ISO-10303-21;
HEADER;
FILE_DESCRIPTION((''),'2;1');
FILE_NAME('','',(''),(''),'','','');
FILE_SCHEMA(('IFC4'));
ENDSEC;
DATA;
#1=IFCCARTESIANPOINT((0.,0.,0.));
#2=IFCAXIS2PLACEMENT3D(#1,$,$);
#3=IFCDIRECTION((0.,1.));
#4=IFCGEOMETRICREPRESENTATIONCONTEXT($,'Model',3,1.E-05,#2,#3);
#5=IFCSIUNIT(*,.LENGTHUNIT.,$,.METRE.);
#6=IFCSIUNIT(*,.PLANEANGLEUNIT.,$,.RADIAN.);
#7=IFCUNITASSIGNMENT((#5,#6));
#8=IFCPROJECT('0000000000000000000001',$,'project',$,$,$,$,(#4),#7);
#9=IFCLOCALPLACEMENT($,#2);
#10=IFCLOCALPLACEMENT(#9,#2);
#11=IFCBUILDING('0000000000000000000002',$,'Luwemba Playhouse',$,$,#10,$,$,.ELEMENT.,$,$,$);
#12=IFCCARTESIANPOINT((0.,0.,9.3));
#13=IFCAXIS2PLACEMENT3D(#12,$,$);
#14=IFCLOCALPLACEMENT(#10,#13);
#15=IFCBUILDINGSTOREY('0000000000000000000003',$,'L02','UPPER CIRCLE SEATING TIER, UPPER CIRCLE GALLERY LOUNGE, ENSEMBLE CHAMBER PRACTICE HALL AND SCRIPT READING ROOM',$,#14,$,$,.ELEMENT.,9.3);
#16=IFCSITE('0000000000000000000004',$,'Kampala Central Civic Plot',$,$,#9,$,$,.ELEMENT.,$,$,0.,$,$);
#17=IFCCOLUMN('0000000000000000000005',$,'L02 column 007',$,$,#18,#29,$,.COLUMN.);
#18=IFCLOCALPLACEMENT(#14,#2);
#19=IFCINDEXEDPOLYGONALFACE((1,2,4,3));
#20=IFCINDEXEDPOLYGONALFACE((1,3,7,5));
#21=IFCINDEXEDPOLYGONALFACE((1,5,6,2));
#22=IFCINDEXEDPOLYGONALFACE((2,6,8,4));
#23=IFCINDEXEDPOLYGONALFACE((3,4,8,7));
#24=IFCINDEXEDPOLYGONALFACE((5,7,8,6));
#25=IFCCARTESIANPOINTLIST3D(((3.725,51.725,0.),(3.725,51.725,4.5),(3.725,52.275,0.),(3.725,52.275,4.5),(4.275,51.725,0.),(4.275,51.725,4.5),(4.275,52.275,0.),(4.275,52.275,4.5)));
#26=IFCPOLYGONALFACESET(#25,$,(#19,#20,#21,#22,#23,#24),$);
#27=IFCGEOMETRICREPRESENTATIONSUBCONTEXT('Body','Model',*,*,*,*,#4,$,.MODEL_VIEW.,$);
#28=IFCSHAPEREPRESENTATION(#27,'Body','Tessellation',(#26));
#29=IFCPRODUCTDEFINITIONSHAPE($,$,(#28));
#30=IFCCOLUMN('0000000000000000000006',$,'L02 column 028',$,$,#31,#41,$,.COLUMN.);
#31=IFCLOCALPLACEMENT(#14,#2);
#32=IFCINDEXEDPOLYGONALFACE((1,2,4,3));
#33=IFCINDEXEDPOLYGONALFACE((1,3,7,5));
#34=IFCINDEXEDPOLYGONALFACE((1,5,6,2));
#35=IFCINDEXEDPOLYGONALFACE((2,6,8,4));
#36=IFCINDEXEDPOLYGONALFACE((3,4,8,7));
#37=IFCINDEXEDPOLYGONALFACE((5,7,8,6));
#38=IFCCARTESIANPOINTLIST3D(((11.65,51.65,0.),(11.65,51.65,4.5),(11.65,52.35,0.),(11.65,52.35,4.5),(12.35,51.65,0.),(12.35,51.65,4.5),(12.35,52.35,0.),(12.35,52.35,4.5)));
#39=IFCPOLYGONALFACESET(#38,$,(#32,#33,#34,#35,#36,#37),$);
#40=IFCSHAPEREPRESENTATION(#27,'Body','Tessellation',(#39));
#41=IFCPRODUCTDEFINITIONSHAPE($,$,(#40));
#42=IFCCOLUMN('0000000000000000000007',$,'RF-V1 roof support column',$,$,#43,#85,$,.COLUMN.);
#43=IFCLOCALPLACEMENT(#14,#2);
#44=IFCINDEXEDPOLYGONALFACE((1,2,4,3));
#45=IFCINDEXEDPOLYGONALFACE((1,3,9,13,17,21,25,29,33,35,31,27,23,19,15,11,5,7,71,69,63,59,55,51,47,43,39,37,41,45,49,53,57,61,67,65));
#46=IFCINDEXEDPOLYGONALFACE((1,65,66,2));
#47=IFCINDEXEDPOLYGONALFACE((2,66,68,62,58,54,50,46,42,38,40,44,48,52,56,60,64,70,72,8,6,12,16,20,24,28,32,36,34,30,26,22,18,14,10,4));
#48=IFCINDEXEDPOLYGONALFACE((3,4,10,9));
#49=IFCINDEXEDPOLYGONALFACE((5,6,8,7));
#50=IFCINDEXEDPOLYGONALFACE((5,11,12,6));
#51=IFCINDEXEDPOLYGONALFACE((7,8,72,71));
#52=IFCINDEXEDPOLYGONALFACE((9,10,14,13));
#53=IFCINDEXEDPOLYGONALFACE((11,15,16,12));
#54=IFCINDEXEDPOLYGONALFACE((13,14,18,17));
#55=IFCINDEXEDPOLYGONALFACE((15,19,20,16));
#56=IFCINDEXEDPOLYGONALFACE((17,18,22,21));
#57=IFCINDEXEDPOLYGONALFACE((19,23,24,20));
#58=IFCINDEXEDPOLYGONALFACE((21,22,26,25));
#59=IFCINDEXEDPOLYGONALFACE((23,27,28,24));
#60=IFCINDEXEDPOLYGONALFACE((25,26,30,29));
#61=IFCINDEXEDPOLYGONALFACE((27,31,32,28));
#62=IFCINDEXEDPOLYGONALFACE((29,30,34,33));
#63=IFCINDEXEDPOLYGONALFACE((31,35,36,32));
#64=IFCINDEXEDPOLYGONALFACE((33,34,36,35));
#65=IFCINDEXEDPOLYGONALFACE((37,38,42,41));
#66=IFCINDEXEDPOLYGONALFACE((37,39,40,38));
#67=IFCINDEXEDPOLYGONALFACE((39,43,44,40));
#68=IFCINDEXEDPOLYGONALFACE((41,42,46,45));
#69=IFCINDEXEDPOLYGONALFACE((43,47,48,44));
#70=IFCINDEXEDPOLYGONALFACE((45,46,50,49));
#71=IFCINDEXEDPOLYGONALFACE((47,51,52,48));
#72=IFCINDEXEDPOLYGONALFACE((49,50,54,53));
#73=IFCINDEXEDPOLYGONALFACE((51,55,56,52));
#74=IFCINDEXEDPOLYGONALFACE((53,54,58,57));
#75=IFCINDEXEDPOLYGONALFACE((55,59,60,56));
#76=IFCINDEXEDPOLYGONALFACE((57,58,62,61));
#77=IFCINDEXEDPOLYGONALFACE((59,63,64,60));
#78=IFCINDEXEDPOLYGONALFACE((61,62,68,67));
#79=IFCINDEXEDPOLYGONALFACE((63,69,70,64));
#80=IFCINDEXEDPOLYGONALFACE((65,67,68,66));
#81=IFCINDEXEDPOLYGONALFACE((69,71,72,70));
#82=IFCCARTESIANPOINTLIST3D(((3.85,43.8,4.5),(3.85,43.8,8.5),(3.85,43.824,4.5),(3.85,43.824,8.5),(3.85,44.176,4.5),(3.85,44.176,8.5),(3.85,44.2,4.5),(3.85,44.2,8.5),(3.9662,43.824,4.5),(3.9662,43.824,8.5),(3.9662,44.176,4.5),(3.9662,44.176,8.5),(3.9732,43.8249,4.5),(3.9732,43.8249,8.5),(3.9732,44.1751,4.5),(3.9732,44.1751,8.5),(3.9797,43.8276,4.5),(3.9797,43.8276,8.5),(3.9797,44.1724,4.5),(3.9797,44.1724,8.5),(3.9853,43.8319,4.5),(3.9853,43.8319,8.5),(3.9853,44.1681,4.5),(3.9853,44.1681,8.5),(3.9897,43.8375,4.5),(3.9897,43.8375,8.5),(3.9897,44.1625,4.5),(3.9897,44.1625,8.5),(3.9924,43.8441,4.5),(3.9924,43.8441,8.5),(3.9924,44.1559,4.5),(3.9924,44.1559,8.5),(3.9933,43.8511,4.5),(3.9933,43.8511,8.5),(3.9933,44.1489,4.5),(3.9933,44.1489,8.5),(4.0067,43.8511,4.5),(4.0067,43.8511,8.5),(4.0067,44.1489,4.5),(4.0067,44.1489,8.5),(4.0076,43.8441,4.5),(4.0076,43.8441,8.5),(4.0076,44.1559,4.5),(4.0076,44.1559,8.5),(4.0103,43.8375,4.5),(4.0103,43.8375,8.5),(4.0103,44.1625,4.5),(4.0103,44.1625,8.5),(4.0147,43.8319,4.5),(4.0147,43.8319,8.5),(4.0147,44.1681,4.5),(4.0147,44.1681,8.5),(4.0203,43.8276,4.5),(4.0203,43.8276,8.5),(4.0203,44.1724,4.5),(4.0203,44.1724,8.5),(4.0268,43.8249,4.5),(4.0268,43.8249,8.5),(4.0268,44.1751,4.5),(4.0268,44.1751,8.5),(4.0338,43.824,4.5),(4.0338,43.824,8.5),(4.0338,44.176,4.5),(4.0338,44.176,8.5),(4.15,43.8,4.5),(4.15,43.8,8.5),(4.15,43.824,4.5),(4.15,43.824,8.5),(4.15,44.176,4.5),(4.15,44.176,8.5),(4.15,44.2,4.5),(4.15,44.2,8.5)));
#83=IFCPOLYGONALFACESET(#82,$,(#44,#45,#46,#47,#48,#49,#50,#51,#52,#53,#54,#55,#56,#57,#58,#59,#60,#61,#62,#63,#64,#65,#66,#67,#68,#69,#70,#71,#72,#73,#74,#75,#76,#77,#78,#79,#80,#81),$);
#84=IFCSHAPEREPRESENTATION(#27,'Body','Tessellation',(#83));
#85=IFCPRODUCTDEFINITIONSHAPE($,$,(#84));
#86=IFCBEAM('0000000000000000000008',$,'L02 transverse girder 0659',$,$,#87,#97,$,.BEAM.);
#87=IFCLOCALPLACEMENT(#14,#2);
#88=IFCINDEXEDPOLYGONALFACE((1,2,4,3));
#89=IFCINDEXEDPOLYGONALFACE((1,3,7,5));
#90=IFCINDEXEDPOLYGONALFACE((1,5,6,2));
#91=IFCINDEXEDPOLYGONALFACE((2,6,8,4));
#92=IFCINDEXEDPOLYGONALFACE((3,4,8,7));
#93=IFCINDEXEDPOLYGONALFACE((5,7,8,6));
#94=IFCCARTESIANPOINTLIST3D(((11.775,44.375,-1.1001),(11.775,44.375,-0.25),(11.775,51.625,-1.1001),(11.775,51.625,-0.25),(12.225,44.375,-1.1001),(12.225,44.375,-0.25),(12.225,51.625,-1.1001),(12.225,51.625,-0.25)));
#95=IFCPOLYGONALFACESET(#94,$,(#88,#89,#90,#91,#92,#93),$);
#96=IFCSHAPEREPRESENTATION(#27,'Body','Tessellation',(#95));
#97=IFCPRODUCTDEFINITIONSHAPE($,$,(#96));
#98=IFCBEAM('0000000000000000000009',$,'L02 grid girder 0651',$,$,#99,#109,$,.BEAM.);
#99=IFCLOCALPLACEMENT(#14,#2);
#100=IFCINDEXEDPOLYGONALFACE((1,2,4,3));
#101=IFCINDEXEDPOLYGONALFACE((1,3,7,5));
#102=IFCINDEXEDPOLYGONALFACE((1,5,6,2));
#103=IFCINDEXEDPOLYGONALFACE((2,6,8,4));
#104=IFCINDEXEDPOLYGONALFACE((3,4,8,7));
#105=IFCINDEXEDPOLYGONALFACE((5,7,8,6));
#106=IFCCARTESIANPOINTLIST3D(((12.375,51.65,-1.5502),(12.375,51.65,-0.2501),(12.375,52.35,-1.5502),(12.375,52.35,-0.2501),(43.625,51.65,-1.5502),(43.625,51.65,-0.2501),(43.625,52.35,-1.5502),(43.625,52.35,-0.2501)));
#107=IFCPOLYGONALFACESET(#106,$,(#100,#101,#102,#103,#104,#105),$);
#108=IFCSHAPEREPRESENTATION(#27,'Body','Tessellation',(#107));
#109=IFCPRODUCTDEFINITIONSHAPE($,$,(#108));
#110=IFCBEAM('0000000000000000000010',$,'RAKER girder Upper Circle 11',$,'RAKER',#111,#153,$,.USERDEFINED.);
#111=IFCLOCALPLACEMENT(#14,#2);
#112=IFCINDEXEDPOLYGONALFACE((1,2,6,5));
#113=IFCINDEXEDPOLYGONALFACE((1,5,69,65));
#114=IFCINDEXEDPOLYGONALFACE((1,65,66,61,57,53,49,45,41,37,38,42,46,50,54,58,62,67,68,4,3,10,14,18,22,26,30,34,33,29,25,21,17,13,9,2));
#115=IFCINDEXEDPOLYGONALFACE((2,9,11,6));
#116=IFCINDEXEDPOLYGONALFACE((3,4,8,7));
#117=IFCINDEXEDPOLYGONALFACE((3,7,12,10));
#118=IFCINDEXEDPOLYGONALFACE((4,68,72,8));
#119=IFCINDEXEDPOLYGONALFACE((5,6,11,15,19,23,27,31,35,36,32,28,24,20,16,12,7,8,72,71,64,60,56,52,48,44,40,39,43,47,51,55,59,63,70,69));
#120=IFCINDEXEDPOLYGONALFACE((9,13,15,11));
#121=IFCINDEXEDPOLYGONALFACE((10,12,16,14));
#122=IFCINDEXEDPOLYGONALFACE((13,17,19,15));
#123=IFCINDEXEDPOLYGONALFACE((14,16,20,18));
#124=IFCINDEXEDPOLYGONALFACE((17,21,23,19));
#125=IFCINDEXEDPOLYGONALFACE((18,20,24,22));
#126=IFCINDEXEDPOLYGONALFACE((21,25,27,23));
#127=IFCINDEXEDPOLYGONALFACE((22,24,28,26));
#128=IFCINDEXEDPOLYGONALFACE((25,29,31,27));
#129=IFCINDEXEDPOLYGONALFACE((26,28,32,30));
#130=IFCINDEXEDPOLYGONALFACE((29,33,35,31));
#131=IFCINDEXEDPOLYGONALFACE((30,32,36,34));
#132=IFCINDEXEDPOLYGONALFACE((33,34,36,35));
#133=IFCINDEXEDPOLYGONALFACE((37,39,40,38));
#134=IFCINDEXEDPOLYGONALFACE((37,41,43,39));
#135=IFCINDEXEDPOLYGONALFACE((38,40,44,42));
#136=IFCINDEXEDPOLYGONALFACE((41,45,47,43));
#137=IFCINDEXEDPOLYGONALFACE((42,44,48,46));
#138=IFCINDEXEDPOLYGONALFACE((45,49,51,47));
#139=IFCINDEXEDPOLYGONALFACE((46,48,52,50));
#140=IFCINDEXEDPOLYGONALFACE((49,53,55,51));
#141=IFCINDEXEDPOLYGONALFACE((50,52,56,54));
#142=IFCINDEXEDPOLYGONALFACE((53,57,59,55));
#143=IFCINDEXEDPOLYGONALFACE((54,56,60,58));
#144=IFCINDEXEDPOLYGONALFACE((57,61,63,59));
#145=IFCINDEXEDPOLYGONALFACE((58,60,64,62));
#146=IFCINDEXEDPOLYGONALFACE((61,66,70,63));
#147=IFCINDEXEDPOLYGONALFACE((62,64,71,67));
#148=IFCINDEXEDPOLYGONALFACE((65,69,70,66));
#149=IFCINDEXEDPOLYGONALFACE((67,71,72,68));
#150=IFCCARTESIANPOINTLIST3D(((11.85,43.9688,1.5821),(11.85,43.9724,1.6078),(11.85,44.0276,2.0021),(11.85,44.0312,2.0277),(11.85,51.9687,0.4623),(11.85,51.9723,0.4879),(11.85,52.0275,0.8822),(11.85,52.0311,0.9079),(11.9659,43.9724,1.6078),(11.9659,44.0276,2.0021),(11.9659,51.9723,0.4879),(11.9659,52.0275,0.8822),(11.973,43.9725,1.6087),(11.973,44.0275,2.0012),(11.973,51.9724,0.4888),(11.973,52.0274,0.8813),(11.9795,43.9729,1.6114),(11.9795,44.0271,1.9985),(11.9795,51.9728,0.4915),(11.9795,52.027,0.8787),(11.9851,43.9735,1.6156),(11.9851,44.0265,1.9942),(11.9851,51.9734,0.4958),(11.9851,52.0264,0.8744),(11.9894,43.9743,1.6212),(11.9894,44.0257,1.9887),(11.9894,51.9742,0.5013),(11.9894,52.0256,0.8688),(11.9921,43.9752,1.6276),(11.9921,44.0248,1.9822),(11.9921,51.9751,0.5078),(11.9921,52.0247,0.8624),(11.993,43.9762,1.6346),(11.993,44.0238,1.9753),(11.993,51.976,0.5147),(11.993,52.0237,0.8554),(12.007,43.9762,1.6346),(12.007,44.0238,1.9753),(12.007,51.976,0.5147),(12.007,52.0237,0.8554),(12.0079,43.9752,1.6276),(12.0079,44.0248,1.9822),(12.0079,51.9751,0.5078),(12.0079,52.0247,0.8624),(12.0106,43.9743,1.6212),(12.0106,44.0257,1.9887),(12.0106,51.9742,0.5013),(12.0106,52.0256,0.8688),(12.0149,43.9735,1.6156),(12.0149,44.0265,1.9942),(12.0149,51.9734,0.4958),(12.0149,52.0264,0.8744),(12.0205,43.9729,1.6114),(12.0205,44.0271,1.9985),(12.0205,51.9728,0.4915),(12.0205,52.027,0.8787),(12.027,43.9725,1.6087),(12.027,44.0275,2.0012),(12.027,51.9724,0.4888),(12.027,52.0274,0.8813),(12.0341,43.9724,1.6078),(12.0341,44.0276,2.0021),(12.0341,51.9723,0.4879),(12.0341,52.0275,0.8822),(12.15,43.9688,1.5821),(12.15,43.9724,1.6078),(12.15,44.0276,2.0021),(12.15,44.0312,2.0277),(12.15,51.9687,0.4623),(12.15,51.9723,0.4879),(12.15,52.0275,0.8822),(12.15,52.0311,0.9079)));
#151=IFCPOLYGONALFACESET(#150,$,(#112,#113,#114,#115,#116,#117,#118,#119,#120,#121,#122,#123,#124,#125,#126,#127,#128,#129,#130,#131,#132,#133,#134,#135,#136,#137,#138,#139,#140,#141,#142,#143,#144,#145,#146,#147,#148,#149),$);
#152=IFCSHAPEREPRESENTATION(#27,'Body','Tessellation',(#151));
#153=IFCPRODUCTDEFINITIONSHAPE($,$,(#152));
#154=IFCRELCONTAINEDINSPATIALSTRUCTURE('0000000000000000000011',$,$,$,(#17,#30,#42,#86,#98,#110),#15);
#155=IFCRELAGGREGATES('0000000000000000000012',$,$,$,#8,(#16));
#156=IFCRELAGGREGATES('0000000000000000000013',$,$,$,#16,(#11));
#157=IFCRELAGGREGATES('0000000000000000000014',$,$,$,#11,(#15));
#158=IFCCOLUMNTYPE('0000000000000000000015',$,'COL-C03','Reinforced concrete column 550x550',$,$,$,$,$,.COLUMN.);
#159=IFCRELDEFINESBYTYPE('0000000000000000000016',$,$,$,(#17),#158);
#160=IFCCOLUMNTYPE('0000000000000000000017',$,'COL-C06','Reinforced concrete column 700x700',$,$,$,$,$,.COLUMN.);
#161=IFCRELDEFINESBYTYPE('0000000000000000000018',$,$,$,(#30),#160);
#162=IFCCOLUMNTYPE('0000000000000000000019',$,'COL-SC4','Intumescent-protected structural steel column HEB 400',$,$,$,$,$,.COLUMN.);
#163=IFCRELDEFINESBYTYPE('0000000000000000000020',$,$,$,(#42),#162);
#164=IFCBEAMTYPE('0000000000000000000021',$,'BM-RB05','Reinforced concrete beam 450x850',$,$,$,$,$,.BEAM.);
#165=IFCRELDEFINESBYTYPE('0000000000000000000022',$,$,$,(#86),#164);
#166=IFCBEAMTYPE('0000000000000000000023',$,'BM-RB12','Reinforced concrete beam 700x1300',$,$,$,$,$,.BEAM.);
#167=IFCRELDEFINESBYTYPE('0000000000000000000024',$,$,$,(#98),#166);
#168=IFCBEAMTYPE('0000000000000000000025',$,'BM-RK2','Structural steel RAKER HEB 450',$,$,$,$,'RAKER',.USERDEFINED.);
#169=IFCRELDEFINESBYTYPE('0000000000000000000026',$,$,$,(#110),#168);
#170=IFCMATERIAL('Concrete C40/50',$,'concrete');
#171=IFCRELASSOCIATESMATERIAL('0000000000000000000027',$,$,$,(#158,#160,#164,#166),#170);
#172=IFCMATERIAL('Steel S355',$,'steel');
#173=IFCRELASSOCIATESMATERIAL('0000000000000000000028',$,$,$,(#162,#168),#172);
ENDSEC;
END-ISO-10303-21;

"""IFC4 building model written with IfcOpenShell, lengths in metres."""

from ifc_helpers import new_model, si_unit, direction, frame, origin, origin_2d, place, context, subcontext, project, spatial, rectangle, i_section, extrude, material, material_profile, profile_set, type_object, element, save


model = new_model("IFC4")

# Units and contexts
model_context = context("Model", 3, precision=1e-05, world=origin(), true_north=direction((0.0, 1.0)))
body_context = subcontext(model_context, "Body", "Model", "MODEL_VIEW")
ifc_project = project(units=[si_unit("LENGTHUNIT", "METRE"), si_unit("PLANEANGLEUNIT", "RADIAN")], contexts=[model_context])

# Site, building, storey
site_placement = place(None, origin())
site = spatial("IfcSite", under=ifc_project, at=site_placement, Name="Kampala Central Civic Plot", CompositionType="ELEMENT", RefElevation=0.0)
building_placement = place(site_placement, origin())
building = spatial("IfcBuilding", under=site, at=building_placement, Name="Luwemba Playhouse", CompositionType="ELEMENT")
storey_placement = place(building_placement, frame((0.0, 0.0, 9.3)))
storey = spatial("IfcBuildingStorey", under=building, at=storey_placement, Name="L02", Description="UPPER CIRCLE SEATING TIER, UPPER CIRCLE GALLERY LOUNGE, ENSEMBLE CHAMBER PRACTICE HALL AND SCRIPT READING ROOM", CompositionType="ELEMENT", Elevation=9.3)

# Columns
ifc_material_1 = material(Name="Concrete C40/50", Category="concrete")
ifc_material_profile_1 = material_profile(ifc_material_1, rectangle(XDim=0.55, YDim=0.55, at=origin_2d()))
ifc_profile_set_1 = profile_set([ifc_material_profile_1], Name="Concrete C40/50")
column_type_1 = type_object("IfcColumnType", Name="COL-C03", Description="Reinforced concrete column 550x550", PredefinedType="COLUMN", material=ifc_profile_set_1)
column_1_placement = place(storey_placement, frame((4.0, 52.0, 0.0), z_axis=(0.0, 0.0, 1.0), x_axis=(1.0, 0.0, 0.0)))
element("IfcColumn", 1, at=column_1_placement, inside=storey, type_object=column_type_1, Name="L02 column 007", PredefinedType="COLUMN", context=body_context, shape_type="SweptSolid", body=[
    extrude(rectangle(XDim=0.55, YDim=0.55, at=origin_2d()), origin(), (0.0, 0.0, 1.0), 4.5),
])
ifc_material_profile_2 = material_profile(ifc_material_1, rectangle(XDim=0.7, YDim=0.7, at=origin_2d()))
ifc_profile_set_2 = profile_set([ifc_material_profile_2], Name="Concrete C40/50")
column_type_2 = type_object("IfcColumnType", Name="COL-C06", Description="Reinforced concrete column 700x700", PredefinedType="COLUMN", material=ifc_profile_set_2)
column_2_placement = place(storey_placement, frame((12.0, 52.0, 0.0), z_axis=(0.0, 0.0, 1.0), x_axis=(1.0, 0.0, 0.0)))
element("IfcColumn", 2, at=column_2_placement, inside=storey, type_object=column_type_2, Name="L02 column 028", PredefinedType="COLUMN", context=body_context, shape_type="SweptSolid", body=[
    extrude(rectangle(XDim=0.7, YDim=0.7, at=origin_2d()), origin(), (0.0, 0.0, 1.0), 4.5),
])
ifc_material_2 = material(Name="Steel S355", Category="steel")
ifc_material_profile_3 = material_profile(ifc_material_2, i_section(OverallWidth=0.3, OverallDepth=0.3999, WebThickness=0.0134, FlangeThickness=0.0239, FilletRadius=0.0271, at=origin_2d()))
ifc_profile_set_3 = profile_set([ifc_material_profile_3], Name="Steel S355")
column_type_3 = type_object("IfcColumnType", Name="COL-SC4", Description="Intumescent-protected structural steel column HEB 400", PredefinedType="COLUMN", material=ifc_profile_set_3)
column_3_placement = place(storey_placement, frame((4.0, 44.0, 4.5), z_axis=(0.0, 0.0, 1.0), x_axis=(1.0, 0.0, 0.0)))
element("IfcColumn", 3, at=column_3_placement, inside=storey, type_object=column_type_3, Name="RF-V1 roof support column", PredefinedType="COLUMN", context=body_context, shape_type="SweptSolid", body=[
    extrude(i_section(OverallWidth=0.3, OverallDepth=0.3999, WebThickness=0.0134, FlangeThickness=0.0239, FilletRadius=0.0271, at=origin_2d()), origin(), (0.0, 0.0, 1.0), 4.0),
])

# Beams
ifc_material_profile_4 = material_profile(ifc_material_1, rectangle(XDim=0.45, YDim=0.8501, at=origin_2d()))
ifc_profile_set_4 = profile_set([ifc_material_profile_4], Name="Concrete C40/50")
beam_type_1 = type_object("IfcBeamType", Name="BM-RB05", Description="Reinforced concrete beam 450x850", PredefinedType="BEAM", material=ifc_profile_set_4)
beam_1_placement = place(storey_placement, frame((12.0, 44.375, -0.675), z_axis=(0.0, 1.0, 0.0), x_axis=(-1.0, 0.0, 0.0)))
element("IfcBeam", 4, at=beam_1_placement, inside=storey, type_object=beam_type_1, Name="L02 transverse girder 0659", PredefinedType="BEAM", context=body_context, shape_type="SweptSolid", body=[
    extrude(rectangle(XDim=0.45, YDim=0.8501, at=origin_2d()), origin(), (0.0, 0.0, 1.0), 7.25),
])
ifc_material_profile_5 = material_profile(ifc_material_1, rectangle(XDim=0.7, YDim=1.3, at=origin_2d()))
ifc_profile_set_5 = profile_set([ifc_material_profile_5], Name="Concrete C40/50")
beam_type_2 = type_object("IfcBeamType", Name="BM-RB12", Description="Reinforced concrete beam 700x1300", PredefinedType="BEAM", material=ifc_profile_set_5)
beam_2_placement = place(storey_placement, frame((12.375, 52.0, -0.9001), z_axis=(1.0, 0.0, 0.0), x_axis=(0.0, 1.0, 0.0)))
element("IfcBeam", 5, at=beam_2_placement, inside=storey, type_object=beam_type_2, Name="L02 grid girder 0651", PredefinedType="BEAM", context=body_context, shape_type="SweptSolid", body=[
    extrude(rectangle(XDim=0.7, YDim=1.3, at=origin_2d()), origin(), (0.0, 0.0, 1.0), 31.25),
])
ifc_material_profile_6 = material_profile(ifc_material_2, i_section(OverallWidth=0.3, OverallDepth=0.45, WebThickness=0.0139, FlangeThickness=0.0259, FilletRadius=0.0271, at=origin_2d()))
ifc_profile_set_6 = profile_set([ifc_material_profile_6], Name="Steel S355")
beam_type_3 = type_object("IfcBeamType", Name="BM-RK2", Description="Structural steel RAKER HEB 450", ElementType="RAKER", PredefinedType="USERDEFINED", material=ifc_profile_set_6)
beam_3_placement = place(storey_placement, frame((12.0, 44.0, 1.8049), z_axis=(0.0, 0.990344, -0.138632), x_axis=(-1.0, 0.0, 0.0)))
element("IfcBeam", 6, at=beam_3_placement, inside=storey, type_object=beam_type_3, Name="RAKER girder Upper Circle 11", ObjectType="RAKER", PredefinedType="USERDEFINED", context=body_context, shape_type="SweptSolid", body=[
    extrude(i_section(OverallWidth=0.3, OverallDepth=0.45, WebThickness=0.0139, FlangeThickness=0.0259, FilletRadius=0.0271, at=origin_2d()), origin(), (0.0, 0.0, 1.0), 8.0779),
])

save(model, "model.ifc")
